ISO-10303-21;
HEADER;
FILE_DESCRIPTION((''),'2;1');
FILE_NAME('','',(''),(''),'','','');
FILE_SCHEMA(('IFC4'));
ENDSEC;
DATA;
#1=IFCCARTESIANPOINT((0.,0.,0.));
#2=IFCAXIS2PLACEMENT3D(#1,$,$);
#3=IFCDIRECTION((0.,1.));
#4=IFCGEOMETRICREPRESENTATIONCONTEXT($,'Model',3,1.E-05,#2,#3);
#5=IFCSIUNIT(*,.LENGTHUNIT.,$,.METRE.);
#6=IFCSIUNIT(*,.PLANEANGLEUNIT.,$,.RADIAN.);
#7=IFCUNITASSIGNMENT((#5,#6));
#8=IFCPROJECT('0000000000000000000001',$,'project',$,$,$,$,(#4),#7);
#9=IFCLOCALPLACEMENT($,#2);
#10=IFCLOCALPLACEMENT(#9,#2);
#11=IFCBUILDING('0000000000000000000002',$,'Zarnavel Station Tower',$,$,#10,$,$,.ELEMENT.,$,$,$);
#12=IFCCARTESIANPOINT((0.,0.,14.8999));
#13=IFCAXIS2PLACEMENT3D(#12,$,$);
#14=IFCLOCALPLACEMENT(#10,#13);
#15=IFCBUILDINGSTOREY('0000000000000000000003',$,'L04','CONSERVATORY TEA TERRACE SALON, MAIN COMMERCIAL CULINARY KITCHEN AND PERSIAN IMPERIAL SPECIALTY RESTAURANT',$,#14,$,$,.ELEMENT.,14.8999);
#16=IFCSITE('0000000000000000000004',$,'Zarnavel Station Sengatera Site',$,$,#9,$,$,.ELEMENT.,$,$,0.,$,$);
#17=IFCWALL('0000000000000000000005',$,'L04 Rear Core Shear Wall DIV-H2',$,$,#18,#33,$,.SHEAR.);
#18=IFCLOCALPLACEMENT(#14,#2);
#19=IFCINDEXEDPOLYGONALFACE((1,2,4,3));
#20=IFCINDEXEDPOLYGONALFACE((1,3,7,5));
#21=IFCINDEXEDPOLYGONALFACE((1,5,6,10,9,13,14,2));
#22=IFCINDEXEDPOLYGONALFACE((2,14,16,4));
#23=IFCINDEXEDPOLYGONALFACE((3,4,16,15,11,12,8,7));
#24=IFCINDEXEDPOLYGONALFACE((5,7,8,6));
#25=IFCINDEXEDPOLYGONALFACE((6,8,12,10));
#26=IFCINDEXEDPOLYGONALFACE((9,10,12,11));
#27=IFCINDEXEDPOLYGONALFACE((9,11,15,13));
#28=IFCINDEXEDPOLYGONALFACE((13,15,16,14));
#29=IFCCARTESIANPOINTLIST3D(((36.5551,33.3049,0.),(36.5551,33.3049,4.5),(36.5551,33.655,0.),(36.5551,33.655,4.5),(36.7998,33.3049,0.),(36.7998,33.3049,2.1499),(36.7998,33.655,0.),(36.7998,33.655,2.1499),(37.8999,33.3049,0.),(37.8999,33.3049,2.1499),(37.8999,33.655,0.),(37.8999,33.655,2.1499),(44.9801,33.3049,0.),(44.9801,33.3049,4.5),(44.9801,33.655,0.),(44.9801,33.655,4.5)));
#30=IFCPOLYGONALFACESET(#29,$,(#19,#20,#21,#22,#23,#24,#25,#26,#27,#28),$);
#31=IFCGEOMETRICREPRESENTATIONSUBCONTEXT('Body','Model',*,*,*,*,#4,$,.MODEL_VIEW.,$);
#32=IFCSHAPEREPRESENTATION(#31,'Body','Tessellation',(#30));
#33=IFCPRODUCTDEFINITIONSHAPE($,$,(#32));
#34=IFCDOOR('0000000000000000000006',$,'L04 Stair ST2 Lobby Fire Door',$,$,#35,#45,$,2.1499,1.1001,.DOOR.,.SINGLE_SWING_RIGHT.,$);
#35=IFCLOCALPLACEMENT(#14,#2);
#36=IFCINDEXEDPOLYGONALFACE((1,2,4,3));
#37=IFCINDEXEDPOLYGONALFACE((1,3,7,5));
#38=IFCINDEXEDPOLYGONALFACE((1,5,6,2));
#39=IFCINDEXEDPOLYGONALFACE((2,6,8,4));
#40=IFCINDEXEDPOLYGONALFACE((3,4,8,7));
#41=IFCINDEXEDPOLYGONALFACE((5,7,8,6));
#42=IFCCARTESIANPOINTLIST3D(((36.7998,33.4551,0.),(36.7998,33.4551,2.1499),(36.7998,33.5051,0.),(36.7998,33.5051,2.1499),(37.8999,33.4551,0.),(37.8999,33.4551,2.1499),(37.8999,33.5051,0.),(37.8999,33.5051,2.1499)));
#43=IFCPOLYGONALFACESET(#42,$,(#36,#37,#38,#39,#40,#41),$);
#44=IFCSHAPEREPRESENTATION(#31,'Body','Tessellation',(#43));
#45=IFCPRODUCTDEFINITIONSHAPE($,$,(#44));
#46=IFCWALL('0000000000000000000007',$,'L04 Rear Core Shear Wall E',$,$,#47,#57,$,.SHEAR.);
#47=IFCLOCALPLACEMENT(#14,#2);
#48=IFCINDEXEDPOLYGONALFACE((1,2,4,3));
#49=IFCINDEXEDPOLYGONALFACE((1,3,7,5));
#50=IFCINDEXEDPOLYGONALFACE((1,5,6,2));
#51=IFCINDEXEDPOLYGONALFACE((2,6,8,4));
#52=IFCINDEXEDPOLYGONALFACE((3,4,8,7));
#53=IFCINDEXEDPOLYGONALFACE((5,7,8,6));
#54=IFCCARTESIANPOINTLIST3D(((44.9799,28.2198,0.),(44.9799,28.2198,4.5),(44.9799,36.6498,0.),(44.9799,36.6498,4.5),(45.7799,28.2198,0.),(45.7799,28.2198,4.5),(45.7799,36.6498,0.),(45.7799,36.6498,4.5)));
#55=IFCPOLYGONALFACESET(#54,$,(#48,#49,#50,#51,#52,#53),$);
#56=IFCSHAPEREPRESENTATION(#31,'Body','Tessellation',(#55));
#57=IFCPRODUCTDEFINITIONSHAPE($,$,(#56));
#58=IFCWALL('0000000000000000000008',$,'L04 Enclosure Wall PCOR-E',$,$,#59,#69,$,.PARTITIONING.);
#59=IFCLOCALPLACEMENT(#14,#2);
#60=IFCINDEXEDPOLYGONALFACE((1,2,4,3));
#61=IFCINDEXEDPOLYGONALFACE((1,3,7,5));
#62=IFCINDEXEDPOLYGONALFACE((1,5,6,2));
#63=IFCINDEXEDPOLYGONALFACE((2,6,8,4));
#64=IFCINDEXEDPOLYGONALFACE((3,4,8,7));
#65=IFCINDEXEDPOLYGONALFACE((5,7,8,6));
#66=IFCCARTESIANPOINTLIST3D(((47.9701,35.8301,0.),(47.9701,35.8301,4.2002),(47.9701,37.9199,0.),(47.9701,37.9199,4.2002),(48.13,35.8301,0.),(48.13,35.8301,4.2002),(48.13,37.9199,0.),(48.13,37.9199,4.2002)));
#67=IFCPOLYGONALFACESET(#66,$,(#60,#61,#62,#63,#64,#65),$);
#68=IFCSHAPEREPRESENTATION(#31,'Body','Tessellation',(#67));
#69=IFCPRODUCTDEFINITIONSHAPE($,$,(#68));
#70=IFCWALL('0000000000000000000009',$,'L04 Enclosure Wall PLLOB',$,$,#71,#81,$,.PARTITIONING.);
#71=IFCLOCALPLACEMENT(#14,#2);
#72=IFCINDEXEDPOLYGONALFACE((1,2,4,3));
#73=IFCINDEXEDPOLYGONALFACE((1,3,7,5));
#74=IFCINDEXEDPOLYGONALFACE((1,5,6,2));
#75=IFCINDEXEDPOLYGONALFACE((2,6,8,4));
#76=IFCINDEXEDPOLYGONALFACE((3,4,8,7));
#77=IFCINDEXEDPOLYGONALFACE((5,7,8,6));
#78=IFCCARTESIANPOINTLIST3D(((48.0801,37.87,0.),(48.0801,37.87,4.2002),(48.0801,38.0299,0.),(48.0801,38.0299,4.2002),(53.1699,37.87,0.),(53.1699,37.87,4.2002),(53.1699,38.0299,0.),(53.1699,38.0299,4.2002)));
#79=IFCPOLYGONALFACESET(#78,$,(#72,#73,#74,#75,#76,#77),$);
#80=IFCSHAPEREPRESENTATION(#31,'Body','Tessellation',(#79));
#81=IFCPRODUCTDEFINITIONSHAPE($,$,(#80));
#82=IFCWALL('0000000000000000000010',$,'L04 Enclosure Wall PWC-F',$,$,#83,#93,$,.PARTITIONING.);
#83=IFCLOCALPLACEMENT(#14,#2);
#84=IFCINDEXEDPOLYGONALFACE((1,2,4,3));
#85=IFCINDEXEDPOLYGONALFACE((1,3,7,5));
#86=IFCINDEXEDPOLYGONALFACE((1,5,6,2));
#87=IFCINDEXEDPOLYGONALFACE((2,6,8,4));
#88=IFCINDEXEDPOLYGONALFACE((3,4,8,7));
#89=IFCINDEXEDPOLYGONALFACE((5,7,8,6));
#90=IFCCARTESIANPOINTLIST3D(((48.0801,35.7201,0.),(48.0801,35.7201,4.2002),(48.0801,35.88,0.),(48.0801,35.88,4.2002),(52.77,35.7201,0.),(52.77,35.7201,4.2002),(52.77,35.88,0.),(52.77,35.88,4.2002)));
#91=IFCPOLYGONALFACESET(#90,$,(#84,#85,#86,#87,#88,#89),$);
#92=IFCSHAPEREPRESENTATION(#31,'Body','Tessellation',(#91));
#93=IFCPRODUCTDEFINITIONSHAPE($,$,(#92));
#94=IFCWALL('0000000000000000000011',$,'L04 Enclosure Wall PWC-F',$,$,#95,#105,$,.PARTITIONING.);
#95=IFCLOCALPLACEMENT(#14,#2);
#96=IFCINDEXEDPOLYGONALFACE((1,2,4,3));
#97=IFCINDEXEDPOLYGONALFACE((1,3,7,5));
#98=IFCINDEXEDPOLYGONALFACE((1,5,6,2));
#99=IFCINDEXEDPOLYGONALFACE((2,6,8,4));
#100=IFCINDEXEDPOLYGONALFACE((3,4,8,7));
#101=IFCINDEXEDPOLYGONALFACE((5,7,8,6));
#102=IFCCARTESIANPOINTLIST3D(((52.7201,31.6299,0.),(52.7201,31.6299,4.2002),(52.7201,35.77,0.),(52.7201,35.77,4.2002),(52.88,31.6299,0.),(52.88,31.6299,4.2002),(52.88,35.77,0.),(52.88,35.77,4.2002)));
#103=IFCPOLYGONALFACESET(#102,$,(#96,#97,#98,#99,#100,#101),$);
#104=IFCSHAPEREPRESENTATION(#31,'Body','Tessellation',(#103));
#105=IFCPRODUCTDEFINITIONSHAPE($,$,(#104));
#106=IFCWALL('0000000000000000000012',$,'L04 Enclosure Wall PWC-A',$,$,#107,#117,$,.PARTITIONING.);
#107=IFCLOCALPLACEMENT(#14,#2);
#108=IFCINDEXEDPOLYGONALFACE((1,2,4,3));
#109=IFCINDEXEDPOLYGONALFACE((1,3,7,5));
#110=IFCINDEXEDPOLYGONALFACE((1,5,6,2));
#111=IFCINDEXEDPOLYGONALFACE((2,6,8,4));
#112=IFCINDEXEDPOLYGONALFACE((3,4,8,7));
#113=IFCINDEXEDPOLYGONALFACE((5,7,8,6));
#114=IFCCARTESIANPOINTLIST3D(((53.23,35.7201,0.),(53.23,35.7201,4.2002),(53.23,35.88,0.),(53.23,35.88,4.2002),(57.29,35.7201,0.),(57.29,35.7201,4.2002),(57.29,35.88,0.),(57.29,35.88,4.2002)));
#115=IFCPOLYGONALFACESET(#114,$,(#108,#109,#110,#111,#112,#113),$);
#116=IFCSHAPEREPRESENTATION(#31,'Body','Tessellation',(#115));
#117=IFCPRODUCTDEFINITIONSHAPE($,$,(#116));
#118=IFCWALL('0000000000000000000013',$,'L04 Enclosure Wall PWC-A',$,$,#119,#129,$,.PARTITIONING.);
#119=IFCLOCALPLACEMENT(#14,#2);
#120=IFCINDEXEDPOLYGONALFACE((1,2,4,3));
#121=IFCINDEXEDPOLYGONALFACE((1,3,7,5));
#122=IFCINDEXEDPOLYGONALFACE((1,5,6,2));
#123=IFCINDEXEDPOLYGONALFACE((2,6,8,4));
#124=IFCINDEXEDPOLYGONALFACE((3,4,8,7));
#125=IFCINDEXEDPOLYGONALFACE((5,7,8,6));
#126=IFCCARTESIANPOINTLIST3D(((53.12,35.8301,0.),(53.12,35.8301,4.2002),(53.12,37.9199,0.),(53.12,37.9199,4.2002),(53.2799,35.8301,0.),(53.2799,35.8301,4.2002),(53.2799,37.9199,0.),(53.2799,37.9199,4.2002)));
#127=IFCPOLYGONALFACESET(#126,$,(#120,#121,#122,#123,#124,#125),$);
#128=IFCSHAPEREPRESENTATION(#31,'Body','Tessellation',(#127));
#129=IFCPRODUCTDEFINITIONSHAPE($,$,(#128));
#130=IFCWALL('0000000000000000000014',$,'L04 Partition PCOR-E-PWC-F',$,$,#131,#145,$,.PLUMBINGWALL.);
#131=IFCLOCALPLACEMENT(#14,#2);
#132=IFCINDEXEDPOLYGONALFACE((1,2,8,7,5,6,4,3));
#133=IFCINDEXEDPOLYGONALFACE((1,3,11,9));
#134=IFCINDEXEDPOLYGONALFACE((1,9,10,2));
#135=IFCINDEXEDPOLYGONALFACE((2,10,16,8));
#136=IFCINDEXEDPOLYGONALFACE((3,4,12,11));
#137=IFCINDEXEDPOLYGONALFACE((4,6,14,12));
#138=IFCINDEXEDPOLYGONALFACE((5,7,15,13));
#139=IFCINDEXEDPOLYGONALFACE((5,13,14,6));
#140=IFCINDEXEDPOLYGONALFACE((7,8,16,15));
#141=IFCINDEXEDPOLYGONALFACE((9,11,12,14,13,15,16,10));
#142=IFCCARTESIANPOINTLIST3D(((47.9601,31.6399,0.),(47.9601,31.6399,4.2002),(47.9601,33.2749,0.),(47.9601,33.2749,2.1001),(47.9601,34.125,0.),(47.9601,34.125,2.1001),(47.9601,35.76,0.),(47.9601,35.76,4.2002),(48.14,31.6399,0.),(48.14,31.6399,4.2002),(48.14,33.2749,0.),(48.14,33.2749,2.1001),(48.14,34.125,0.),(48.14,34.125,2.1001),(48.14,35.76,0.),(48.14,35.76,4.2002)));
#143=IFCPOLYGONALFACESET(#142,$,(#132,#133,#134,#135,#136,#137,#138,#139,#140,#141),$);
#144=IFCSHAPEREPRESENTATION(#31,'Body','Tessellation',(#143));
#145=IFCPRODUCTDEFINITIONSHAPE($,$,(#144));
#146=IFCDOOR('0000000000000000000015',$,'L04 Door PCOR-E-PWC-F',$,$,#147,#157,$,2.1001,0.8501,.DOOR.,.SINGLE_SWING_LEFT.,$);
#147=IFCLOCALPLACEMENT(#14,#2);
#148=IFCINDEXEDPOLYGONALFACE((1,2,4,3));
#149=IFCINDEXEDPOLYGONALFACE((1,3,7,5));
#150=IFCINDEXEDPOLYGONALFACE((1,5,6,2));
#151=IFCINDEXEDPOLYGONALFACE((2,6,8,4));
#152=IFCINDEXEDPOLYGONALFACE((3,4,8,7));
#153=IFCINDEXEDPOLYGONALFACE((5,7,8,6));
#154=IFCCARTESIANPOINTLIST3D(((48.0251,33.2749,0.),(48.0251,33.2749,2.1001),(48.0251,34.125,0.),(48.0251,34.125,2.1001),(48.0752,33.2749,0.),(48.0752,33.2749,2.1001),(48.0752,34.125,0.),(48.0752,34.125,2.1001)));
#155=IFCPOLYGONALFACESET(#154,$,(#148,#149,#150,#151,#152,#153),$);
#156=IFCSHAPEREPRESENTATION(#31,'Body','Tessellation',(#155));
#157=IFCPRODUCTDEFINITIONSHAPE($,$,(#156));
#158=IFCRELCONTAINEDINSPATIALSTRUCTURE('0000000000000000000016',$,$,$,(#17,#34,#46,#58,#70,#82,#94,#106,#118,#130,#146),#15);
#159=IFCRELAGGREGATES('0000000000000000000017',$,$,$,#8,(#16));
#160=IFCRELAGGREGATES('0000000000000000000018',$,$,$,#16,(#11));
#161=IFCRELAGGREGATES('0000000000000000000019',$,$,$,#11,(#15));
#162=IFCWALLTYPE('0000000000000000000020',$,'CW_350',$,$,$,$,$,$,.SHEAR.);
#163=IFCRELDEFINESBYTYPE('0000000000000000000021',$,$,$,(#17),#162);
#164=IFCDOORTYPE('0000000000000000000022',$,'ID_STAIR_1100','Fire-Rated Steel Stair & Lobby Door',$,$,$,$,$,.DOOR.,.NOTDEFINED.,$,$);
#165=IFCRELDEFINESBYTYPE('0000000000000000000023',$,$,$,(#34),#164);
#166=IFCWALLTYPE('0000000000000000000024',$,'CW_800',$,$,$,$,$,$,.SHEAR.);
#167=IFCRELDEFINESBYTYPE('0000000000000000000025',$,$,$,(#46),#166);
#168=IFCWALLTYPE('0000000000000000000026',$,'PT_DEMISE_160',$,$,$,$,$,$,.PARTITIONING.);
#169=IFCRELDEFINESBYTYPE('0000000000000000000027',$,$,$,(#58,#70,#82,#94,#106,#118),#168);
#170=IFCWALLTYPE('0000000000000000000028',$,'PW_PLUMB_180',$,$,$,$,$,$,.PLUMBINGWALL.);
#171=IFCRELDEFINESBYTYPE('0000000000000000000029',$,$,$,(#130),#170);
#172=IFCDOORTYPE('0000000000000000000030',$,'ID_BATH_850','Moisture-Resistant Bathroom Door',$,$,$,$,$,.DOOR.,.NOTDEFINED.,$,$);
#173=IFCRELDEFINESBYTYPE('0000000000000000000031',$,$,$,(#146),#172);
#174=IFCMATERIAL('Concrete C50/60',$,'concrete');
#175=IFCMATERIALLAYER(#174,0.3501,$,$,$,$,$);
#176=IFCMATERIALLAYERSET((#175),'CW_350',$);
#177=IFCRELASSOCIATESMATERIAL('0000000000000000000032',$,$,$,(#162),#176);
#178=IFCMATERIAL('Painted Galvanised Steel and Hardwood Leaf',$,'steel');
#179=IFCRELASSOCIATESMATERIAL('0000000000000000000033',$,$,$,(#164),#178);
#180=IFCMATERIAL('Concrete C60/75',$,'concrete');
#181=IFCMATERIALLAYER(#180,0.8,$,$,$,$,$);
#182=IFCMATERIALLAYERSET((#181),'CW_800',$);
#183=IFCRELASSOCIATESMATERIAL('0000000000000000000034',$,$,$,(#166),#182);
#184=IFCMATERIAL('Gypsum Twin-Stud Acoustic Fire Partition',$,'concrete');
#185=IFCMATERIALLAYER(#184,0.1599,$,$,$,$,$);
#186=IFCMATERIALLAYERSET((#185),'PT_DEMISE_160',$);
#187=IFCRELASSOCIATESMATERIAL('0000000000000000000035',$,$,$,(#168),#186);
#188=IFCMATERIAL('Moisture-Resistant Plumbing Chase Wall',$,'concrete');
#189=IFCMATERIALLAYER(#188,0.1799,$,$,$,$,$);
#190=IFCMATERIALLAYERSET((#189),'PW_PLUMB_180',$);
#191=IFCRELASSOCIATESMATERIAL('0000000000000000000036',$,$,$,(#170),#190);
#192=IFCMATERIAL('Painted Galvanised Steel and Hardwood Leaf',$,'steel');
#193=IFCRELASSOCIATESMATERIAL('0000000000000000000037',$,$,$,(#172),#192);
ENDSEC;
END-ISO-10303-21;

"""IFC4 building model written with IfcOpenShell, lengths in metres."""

from ifc_helpers import new_model, si_unit, direction, frame, frame_2d, origin, place, context, subcontext, project, spatial, rectangle, extrude, material, layer, layer_set, type_object, element, fill, save


model = new_model("IFC4")

# Units and contexts
model_context = context("Model", 3, precision=1e-05, world=origin(), true_north=direction((0.0, 1.0)))
body_context = subcontext(model_context, "Body", "Model", "MODEL_VIEW")
ifc_project = project(units=[si_unit("LENGTHUNIT", "METRE"), si_unit("PLANEANGLEUNIT", "RADIAN")], contexts=[model_context])

# Site, building, storey
site_placement = place(None, origin())
site = spatial("IfcSite", under=ifc_project, at=site_placement, Name="Zarnavel Station Sengatera Site", CompositionType="ELEMENT", RefElevation=0.0)
building_placement = place(site_placement, origin())
building = spatial("IfcBuilding", under=site, at=building_placement, Name="Zarnavel Station Tower", CompositionType="ELEMENT")
storey_placement = place(building_placement, frame((0.0, 0.0, 14.8999)))
storey = spatial("IfcBuildingStorey", under=building, at=storey_placement, Name="L04", Description="CONSERVATORY TEA TERRACE SALON, MAIN COMMERCIAL CULINARY KITCHEN AND PERSIAN IMPERIAL SPECIALTY RESTAURANT", CompositionType="ELEMENT", Elevation=14.8999)

# Wall, opening, door
ifc_material_1 = material(Name="Concrete C50/60", Category="concrete")
ifc_layer_1 = layer(ifc_material_1, 0.3501)
ifc_layer_set_1 = layer_set([ifc_layer_1], Name="CW_350")
wall_type_1 = type_object("IfcWallType", Name="CW_350", PredefinedType="SHEAR", material=ifc_layer_set_1)
wall_1_placement = place(storey_placement, frame((44.98, 33.48, 0.0), z_axis=(0.0, 0.0, 1.0), x_axis=(-1.0, 0.0, 0.0)))
wall_1 = element("IfcWall", 1, at=wall_1_placement, inside=storey, type_object=wall_type_1, Name="L04 Rear Core Shear Wall DIV-H2", PredefinedType="SHEAR", context=body_context, shape_type="SweptSolid", body=[
    extrude(rectangle(XDim=8.425, YDim=0.3501, at=frame_2d((4.2124, 0.0))), origin(), (0.0, 0.0, 1.0), 4.5),
])
opening_1_placement = place(wall_1_placement, frame((7.0801, 0.0, 0.0)))
opening_1 = element("IfcOpeningElement", 2, at=opening_1_placement, cuts=wall_1, PredefinedType="OPENING", context=body_context, shape_type="SweptSolid", body=[
    extrude(rectangle(XDim=1.1001, YDim=2.1499, at=frame_2d((0.55, 1.075))), frame((0.0, 0.1851, 0.0), z_axis=(0.0, -1.0, 0.0), x_axis=(1.0, 0.0, 0.0)), (0.0, 0.0, 1.0), 0.3701),
])
ifc_material_2 = material(Name="Painted Galvanised Steel and Hardwood Leaf", Category="steel")
door_type_1 = type_object("IfcDoorType", Name="ID_STAIR_1100", Description="Fire-Rated Steel Stair & Lobby Door", OperationType="NOTDEFINED", PredefinedType="DOOR", material=ifc_material_2)
door_1_placement = place(opening_1_placement, origin())
door_1 = element("IfcDoor", 3, at=door_1_placement, inside=storey, type_object=door_type_1, Name="L04 Stair ST2 Lobby Fire Door", OperationType="SINGLE_SWING_RIGHT", OverallHeight=2.1499, OverallWidth=1.1001, PredefinedType="DOOR", context=body_context, shape_type="SweptSolid", body=[
    extrude(rectangle(XDim=1.1001, YDim=2.1499, at=frame_2d((0.55, 1.075))), frame((0.0, 0.0249, 0.0), z_axis=(0.0, -1.0, 0.0), x_axis=(1.0, 0.0, 0.0)), (0.0, 0.0, 1.0), 0.05),
])
fill(opening_1, door_1)

# Shared definitions
ifc_material_3 = material(Name="Concrete C60/75", Category="concrete")
ifc_layer_2 = layer(ifc_material_3, 0.8)
ifc_layer_set_2 = layer_set([ifc_layer_2], Name="CW_800")
wall_type_2 = type_object("IfcWallType", Name="CW_800", PredefinedType="SHEAR", material=ifc_layer_set_2)

# Walls
wall_2_placement = place(storey_placement, frame((45.3799, 28.22, 0.0), z_axis=(0.0, 0.0, 1.0), x_axis=(0.0, 1.0, 0.0)))
element("IfcWall", 4, at=wall_2_placement, inside=storey, type_object=wall_type_2, Name="L04 Rear Core Shear Wall E", PredefinedType="SHEAR", context=body_context, shape_type="SweptSolid", body=[
    extrude(rectangle(XDim=8.4299, YDim=0.8, at=frame_2d((4.2148, 0.0))), origin(), (0.0, 0.0, 1.0), 4.5),
])
ifc_material_4 = material(Name="Gypsum Twin-Stud Acoustic Fire Partition", Category="concrete")
ifc_layer_3 = layer(ifc_material_4, 0.1599)
ifc_layer_set_3 = layer_set([ifc_layer_3], Name="PT_DEMISE_160")
wall_type_3 = type_object("IfcWallType", Name="PT_DEMISE_160", PredefinedType="PARTITIONING", material=ifc_layer_set_3)
wall_3_placement = place(storey_placement, frame((48.05, 35.8301, 0.0), z_axis=(0.0, 0.0, 1.0), x_axis=(0.0, 1.0, 0.0)))
element("IfcWall", 5, at=wall_3_placement, inside=storey, type_object=wall_type_3, Name="L04 Enclosure Wall PCOR-E", PredefinedType="PARTITIONING", context=body_context, shape_type="SweptSolid", body=[
    extrude(rectangle(XDim=2.0898, YDim=0.1599, at=frame_2d((1.0449, 0.0))), origin(), (0.0, 0.0, 1.0), 4.2002),
])
wall_4_placement = place(storey_placement, frame((48.0801, 37.95, 0.0), z_axis=(0.0, 0.0, 1.0), x_axis=(1.0, 0.0, 0.0)))
element("IfcWall", 6, at=wall_4_placement, inside=storey, type_object=wall_type_3, Name="L04 Enclosure Wall PLLOB", PredefinedType="PARTITIONING", context=body_context, shape_type="SweptSolid", body=[
    extrude(rectangle(XDim=5.0898, YDim=0.1599, at=frame_2d((2.5449, 0.0))), origin(), (0.0, 0.0, 1.0), 4.2002),
])
wall_5_placement = place(storey_placement, frame((48.0801, 35.8, 0.0), z_axis=(0.0, 0.0, 1.0), x_axis=(1.0, 0.0, 0.0)))
element("IfcWall", 7, at=wall_5_placement, inside=storey, type_object=wall_type_3, Name="L04 Enclosure Wall PWC-F", PredefinedType="PARTITIONING", context=body_context, shape_type="SweptSolid", body=[
    extrude(rectangle(XDim=4.6899, YDim=0.1599, at=frame_2d((2.345, 0.0))), origin(), (0.0, 0.0, 1.0), 4.2002),
])
wall_6_placement = place(storey_placement, frame((52.8, 31.6299, 0.0), z_axis=(0.0, 0.0, 1.0), x_axis=(0.0, 1.0, 0.0)))
element("IfcWall", 8, at=wall_6_placement, inside=storey, type_object=wall_type_3, Name="L04 Enclosure Wall PWC-F", PredefinedType="PARTITIONING", context=body_context, shape_type="SweptSolid", body=[
    extrude(rectangle(XDim=4.1401, YDim=0.1599, at=frame_2d((2.0701, 0.0))), origin(), (0.0, 0.0, 1.0), 4.2002),
])
wall_7_placement = place(storey_placement, frame((53.23, 35.8, 0.0), z_axis=(0.0, 0.0, 1.0), x_axis=(1.0, 0.0, 0.0)))
element("IfcWall", 9, at=wall_7_placement, inside=storey, type_object=wall_type_3, Name="L04 Enclosure Wall PWC-A", PredefinedType="PARTITIONING", context=body_context, shape_type="SweptSolid", body=[
    extrude(rectangle(XDim=4.0601, YDim=0.1599, at=frame_2d((2.03, 0.0))), origin(), (0.0, 0.0, 1.0), 4.2002),
])
wall_8_placement = place(storey_placement, frame((53.2, 35.8301, 0.0), z_axis=(0.0, 0.0, 1.0), x_axis=(0.0, 1.0, 0.0)))
element("IfcWall", 10, at=wall_8_placement, inside=storey, type_object=wall_type_3, Name="L04 Enclosure Wall PWC-A", PredefinedType="PARTITIONING", context=body_context, shape_type="SweptSolid", body=[
    extrude(rectangle(XDim=2.0898, YDim=0.1599, at=frame_2d((1.0449, 0.0))), origin(), (0.0, 0.0, 1.0), 4.2002),
])

# Wall, opening, door
ifc_material_5 = material(Name="Moisture-Resistant Plumbing Chase Wall", Category="concrete")
ifc_layer_4 = layer(ifc_material_5, 0.1799)
ifc_layer_set_4 = layer_set([ifc_layer_4], Name="PW_PLUMB_180")
wall_type_4 = type_object("IfcWallType", Name="PW_PLUMB_180", PredefinedType="PLUMBINGWALL", material=ifc_layer_set_4)
wall_9_placement = place(storey_placement, frame((48.05, 31.6399, 0.0), z_axis=(0.0, 0.0, 1.0), x_axis=(0.0, 1.0, 0.0)))
wall_9 = element("IfcWall", 11, at=wall_9_placement, inside=storey, type_object=wall_type_4, Name="L04 Partition PCOR-E-PWC-F", PredefinedType="PLUMBINGWALL", context=body_context, shape_type="SweptSolid", body=[
    extrude(rectangle(XDim=4.1201, YDim=0.1799, at=frame_2d((2.0601, 0.0))), origin(), (0.0, 0.0, 1.0), 4.2002),
])
opening_2_placement = place(wall_9_placement, frame((1.635, 0.0, 0.0)))
opening_2 = element("IfcOpeningElement", 12, at=opening_2_placement, cuts=wall_9, PredefinedType="OPENING", context=body_context, shape_type="SweptSolid", body=[
    extrude(rectangle(XDim=0.8501, YDim=2.1001, at=frame_2d((0.425, 1.05))), frame((0.0, 0.0999, 0.0), z_axis=(0.0, -1.0, 0.0), x_axis=(1.0, 0.0, 0.0)), (0.0, 0.0, 1.0), 0.2),
])
ifc_material_6 = material(Name="Painted Galvanised Steel and Hardwood Leaf", Category="steel")
door_type_2 = type_object("IfcDoorType", Name="ID_BATH_850", Description="Moisture-Resistant Bathroom Door", OperationType="NOTDEFINED", PredefinedType="DOOR", material=ifc_material_6)
door_2_placement = place(opening_2_placement, origin())
door_2 = element("IfcDoor", 13, at=door_2_placement, inside=storey, type_object=door_type_2, Name="L04 Door PCOR-E-PWC-F", OperationType="SINGLE_SWING_LEFT", OverallHeight=2.1001, OverallWidth=0.8501, PredefinedType="DOOR", context=body_context, shape_type="SweptSolid", body=[
    extrude(rectangle(XDim=0.8501, YDim=2.1001, at=frame_2d((0.425, 1.05))), frame((0.0, 0.0249, 0.0), z_axis=(0.0, -1.0, 0.0), x_axis=(1.0, 0.0, 0.0)), (0.0, 0.0, 1.0), 0.05),
])
fill(opening_2, door_2)

save(model, "model.ifc")
